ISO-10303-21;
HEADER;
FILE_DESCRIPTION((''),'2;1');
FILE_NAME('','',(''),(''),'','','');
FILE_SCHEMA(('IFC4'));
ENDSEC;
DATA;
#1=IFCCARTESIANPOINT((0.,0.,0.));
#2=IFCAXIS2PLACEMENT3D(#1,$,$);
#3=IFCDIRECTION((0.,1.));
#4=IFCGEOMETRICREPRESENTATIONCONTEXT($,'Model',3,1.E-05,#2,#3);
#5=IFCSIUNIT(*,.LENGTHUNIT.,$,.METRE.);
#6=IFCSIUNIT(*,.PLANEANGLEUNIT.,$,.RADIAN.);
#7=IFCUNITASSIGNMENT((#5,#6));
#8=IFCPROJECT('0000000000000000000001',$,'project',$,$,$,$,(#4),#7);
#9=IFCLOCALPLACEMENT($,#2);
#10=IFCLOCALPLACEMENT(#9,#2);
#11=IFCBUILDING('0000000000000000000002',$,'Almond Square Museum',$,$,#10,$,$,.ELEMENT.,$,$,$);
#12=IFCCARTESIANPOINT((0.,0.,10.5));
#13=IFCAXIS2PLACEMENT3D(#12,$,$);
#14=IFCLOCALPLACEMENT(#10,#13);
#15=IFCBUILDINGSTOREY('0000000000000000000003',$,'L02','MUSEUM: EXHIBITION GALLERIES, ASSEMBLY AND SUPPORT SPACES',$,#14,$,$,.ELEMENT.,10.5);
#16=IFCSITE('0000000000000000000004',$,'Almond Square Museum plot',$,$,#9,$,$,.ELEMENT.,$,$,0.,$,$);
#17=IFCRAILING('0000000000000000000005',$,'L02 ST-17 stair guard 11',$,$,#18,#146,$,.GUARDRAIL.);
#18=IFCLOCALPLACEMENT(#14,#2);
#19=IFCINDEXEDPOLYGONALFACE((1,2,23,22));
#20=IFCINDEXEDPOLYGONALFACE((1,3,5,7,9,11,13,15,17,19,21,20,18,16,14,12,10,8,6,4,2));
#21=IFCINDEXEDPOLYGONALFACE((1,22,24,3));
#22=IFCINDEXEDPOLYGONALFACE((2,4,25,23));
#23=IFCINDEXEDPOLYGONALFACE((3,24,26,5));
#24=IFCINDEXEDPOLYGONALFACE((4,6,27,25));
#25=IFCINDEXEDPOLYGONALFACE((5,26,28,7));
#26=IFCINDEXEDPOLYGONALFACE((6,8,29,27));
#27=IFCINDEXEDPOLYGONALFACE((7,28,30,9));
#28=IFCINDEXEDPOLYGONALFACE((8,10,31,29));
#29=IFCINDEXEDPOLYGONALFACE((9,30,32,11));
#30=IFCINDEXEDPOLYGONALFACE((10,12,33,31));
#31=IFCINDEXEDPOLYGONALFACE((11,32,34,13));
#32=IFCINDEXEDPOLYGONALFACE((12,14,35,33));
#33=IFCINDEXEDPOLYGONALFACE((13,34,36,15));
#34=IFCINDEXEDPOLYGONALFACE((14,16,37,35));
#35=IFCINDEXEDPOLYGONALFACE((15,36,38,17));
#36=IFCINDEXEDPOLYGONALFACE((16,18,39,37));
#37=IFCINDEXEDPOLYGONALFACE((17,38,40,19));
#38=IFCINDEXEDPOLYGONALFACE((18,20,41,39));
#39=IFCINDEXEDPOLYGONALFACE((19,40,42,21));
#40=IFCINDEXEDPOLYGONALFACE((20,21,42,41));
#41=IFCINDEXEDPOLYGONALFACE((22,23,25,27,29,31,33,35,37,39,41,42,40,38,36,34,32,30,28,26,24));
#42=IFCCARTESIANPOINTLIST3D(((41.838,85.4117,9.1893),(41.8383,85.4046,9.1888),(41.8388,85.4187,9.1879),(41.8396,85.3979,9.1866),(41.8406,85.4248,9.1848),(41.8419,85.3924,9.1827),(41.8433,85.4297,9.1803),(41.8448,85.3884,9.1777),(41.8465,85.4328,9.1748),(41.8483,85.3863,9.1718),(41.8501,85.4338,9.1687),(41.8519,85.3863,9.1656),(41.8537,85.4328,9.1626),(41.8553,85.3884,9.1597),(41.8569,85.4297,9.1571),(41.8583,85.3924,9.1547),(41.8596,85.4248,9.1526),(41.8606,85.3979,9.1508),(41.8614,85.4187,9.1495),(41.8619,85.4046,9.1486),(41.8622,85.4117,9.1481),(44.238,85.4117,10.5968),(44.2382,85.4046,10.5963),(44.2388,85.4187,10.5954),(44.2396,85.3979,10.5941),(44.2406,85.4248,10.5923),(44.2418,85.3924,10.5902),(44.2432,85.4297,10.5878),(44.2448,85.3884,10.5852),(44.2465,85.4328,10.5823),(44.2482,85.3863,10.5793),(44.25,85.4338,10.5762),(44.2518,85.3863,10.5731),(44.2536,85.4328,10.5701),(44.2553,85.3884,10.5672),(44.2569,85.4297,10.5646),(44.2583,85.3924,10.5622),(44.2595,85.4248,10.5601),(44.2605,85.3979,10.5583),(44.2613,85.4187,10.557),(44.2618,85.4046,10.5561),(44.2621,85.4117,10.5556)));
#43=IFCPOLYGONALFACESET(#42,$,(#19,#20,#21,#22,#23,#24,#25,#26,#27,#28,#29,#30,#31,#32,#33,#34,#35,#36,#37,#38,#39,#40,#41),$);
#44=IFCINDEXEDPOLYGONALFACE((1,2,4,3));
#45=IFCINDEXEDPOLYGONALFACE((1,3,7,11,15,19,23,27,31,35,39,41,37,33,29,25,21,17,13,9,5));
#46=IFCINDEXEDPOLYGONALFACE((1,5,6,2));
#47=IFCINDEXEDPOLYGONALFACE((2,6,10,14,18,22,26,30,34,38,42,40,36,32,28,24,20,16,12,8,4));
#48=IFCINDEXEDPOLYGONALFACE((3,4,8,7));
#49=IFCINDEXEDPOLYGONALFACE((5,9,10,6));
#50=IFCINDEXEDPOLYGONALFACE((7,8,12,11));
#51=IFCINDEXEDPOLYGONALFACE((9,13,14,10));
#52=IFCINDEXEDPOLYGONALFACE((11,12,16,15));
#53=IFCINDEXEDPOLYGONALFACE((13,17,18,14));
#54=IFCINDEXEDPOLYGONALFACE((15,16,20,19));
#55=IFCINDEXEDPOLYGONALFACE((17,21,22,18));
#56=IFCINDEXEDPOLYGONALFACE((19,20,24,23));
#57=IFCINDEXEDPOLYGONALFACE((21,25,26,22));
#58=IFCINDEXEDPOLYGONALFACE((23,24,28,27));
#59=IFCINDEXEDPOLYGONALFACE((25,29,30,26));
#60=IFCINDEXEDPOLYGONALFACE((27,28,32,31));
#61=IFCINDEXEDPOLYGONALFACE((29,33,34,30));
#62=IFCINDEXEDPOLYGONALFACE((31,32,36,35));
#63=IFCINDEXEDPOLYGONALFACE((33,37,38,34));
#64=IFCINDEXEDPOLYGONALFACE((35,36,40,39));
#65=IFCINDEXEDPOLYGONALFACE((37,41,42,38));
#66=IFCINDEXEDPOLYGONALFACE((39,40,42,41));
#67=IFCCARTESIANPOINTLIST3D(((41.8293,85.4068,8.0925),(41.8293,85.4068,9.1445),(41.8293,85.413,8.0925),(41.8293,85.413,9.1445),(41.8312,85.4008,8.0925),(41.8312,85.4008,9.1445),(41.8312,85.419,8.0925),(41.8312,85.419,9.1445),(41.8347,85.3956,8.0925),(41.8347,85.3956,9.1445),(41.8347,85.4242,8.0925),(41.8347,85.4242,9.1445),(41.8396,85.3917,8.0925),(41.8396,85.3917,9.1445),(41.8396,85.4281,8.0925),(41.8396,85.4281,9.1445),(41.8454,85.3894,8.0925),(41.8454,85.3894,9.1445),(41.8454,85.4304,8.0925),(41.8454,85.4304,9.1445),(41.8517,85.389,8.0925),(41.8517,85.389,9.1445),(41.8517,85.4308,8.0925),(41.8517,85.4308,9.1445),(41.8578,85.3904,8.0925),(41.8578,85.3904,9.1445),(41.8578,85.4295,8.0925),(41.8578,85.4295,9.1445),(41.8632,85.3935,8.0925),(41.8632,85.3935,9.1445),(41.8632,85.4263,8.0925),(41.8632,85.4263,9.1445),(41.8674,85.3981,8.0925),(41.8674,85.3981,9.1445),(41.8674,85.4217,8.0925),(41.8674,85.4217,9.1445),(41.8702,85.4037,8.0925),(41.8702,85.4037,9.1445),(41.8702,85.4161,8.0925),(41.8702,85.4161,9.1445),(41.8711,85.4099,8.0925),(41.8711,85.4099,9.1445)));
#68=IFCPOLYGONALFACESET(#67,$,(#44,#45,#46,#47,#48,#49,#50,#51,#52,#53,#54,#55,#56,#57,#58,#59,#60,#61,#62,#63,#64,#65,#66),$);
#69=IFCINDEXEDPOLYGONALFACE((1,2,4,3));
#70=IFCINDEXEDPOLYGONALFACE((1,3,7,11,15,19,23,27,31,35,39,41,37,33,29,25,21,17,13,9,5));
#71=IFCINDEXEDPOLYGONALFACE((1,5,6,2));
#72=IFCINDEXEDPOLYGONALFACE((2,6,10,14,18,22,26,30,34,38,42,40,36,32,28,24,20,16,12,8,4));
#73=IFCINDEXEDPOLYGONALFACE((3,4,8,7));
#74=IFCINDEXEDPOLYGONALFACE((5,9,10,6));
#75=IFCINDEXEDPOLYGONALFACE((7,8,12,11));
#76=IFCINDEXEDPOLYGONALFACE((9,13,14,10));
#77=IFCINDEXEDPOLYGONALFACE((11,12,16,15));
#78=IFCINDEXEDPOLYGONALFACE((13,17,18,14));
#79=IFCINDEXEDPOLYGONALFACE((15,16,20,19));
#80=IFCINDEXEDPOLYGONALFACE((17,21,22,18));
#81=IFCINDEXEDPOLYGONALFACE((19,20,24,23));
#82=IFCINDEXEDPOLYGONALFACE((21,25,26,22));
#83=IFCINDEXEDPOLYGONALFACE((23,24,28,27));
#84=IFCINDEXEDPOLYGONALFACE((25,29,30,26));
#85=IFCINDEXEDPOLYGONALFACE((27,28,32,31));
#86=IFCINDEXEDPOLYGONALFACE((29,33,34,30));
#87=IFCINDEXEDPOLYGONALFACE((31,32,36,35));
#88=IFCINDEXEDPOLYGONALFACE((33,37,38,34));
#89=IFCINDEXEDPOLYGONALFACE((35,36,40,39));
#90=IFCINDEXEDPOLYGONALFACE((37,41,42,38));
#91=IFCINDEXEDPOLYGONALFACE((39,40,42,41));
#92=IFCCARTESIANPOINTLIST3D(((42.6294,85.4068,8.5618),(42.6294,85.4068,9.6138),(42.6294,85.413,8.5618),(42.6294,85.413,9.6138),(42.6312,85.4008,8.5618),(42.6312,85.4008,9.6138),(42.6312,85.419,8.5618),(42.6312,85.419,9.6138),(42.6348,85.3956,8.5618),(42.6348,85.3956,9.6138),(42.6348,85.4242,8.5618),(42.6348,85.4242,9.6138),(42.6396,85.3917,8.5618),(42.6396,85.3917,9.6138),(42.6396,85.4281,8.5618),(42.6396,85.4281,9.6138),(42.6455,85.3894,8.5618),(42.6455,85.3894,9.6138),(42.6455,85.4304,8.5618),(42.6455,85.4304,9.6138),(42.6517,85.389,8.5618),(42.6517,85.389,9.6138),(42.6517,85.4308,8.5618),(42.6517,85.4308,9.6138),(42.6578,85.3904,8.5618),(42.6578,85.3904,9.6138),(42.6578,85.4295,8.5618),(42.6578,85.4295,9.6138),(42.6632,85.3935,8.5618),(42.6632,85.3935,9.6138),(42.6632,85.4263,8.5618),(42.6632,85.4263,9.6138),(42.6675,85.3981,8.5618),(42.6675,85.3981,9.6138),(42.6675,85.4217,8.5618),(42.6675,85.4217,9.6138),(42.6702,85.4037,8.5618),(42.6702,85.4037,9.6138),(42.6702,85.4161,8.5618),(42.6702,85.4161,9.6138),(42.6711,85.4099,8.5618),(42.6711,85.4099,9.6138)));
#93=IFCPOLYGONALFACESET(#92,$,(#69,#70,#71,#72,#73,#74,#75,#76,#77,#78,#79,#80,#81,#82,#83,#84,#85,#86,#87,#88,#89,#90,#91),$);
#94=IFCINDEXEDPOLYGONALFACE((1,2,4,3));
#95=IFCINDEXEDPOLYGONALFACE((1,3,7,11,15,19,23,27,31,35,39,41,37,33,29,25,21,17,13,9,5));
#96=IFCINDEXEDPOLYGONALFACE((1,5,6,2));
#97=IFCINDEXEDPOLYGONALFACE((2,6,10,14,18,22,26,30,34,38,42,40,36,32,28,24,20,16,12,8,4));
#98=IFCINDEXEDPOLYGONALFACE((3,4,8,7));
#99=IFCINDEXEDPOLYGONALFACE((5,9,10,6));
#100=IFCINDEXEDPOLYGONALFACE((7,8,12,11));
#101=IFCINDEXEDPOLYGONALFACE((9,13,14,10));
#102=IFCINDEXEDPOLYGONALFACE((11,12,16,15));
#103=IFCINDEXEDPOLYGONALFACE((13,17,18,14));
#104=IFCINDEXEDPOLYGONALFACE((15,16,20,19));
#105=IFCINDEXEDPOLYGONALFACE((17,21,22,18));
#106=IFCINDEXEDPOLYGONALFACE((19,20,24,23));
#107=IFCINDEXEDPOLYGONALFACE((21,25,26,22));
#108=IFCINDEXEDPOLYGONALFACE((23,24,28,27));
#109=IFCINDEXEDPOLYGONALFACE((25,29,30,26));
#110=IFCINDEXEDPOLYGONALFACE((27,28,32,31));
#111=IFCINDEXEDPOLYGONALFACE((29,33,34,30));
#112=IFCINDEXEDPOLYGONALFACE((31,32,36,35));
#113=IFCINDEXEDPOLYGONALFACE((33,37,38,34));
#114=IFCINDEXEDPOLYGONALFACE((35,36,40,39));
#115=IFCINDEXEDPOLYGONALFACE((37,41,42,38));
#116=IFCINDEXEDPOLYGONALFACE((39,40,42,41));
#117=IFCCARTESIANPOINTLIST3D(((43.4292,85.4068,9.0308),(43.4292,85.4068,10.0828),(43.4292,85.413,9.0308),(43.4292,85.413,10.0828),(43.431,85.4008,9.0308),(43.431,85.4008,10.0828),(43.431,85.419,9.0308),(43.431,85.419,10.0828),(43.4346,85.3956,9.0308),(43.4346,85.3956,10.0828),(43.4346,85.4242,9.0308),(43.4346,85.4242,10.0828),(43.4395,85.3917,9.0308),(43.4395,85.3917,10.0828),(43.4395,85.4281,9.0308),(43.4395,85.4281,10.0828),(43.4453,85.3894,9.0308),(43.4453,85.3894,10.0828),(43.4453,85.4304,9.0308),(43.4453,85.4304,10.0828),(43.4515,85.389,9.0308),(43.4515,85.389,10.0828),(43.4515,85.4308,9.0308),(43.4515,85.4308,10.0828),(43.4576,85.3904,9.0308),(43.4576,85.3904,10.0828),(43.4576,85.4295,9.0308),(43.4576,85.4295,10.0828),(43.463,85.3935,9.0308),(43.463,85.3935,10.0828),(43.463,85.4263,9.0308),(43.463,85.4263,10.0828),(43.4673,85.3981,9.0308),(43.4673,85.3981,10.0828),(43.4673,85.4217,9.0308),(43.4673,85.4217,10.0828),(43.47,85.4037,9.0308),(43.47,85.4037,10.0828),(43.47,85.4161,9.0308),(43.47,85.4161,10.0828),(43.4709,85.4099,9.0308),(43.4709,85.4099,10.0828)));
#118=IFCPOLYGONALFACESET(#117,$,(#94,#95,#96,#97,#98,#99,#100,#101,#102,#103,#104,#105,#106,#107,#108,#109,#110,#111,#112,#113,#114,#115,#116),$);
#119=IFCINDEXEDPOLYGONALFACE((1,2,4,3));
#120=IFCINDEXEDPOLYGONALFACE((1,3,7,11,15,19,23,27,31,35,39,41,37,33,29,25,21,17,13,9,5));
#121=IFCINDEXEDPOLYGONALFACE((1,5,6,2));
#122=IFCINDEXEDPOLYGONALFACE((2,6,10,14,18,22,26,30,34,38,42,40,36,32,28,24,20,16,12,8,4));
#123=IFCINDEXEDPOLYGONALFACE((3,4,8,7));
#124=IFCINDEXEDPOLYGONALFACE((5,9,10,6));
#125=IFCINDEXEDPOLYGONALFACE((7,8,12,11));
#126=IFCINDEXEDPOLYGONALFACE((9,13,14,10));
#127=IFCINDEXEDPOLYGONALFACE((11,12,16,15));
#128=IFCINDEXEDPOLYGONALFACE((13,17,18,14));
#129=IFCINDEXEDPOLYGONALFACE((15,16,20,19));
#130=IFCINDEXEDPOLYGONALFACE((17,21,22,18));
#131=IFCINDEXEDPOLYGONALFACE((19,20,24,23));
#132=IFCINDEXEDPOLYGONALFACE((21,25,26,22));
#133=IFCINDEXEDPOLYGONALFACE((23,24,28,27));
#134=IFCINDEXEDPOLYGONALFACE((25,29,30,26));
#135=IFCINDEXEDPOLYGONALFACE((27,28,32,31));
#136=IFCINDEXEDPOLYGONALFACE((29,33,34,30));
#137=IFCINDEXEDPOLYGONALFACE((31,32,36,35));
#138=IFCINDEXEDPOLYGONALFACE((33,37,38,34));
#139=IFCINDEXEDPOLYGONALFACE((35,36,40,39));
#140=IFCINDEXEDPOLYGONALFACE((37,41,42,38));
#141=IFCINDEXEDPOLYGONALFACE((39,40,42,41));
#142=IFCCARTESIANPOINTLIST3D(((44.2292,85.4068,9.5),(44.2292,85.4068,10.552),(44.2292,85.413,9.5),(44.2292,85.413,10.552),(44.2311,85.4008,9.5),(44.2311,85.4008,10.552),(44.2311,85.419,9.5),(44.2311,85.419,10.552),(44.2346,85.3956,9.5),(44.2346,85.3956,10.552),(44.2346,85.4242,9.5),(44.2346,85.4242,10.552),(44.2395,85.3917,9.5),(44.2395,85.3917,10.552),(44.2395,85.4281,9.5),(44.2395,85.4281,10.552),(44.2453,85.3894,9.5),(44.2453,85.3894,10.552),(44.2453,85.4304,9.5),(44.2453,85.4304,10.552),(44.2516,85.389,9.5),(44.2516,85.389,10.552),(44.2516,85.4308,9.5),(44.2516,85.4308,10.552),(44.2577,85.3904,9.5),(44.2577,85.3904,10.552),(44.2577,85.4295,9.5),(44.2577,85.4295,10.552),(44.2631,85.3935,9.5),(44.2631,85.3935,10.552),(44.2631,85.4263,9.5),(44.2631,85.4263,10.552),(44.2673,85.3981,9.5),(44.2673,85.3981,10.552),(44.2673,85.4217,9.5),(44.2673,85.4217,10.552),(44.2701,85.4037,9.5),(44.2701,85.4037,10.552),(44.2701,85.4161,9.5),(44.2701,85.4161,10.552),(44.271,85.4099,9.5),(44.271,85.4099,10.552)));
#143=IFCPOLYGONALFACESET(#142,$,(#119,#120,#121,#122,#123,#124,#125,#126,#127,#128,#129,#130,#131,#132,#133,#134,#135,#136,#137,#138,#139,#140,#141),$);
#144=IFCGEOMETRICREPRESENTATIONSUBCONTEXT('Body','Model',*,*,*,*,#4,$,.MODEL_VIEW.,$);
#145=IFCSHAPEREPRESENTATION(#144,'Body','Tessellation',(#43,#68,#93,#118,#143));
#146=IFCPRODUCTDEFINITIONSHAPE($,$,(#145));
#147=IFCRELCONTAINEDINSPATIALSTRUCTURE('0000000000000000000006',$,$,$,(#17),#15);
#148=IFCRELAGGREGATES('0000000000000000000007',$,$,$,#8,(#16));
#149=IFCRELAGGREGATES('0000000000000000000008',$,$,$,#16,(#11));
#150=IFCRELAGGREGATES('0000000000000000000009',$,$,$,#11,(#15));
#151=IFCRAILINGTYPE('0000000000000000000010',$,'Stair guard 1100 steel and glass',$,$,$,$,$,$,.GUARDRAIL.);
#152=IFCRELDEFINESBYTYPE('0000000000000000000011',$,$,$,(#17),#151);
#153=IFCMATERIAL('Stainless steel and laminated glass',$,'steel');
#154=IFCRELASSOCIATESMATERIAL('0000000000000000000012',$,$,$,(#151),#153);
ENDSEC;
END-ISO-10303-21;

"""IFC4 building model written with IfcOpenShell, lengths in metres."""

from ifc_helpers import new_model, si_unit, direction, frame, origin, origin_2d, place, context, subcontext, project, spatial, circle, extrude, material, type_object, element, save


model = new_model("IFC4")

# Units and contexts
model_context = context("Model", 3, precision=1e-05, world=origin(), true_north=direction((0.0, 1.0)))
body_context = subcontext(model_context, "Body", "Model", "MODEL_VIEW")
ifc_project = project(units=[si_unit("LENGTHUNIT", "METRE"), si_unit("PLANEANGLEUNIT", "RADIAN")], contexts=[model_context])

# Site, building, storey
site_placement = place(None, origin())
site = spatial("IfcSite", under=ifc_project, at=site_placement, Name="Almond Square Museum plot", CompositionType="ELEMENT", RefElevation=0.0)
building_placement = place(site_placement, origin())
building = spatial("IfcBuilding", under=site, at=building_placement, Name="Almond Square Museum", CompositionType="ELEMENT")
storey_placement = place(building_placement, frame((0.0, 0.0, 10.5)))
storey = spatial("IfcBuildingStorey", under=building, at=storey_placement, Name="L02", Description="MUSEUM: EXHIBITION GALLERIES, ASSEMBLY AND SUPPORT SPACES", CompositionType="ELEMENT", Elevation=10.5)

# Railing
ifc_material_1 = material(Name="Stainless steel and laminated glass", Category="steel")
railing_type_1 = type_object("IfcRailingType", Name="Stair guard 1100 steel and glass", PredefinedType="GUARDRAIL", material=ifc_material_1)
railing_1_placement = place(storey_placement, frame((41.8501, 85.4099, 8.0925)))
element("IfcRailing", 1, at=railing_1_placement, inside=storey, type_object=railing_type_1, Name="L02 ST-17 stair guard 11", PredefinedType="GUARDRAIL", context=body_context, shape_type="SweptSolid", body=[
    extrude(circle(Radius=0.0239, at=origin_2d()), frame((0.0, 0.0, 1.0762), z_axis=(0.862599, 0.0, 0.505888), x_axis=(0.0, 1.0, 0.0)), (0.0, 0.0, 1.0), 2.7822),
    extrude(circle(Radius=0.021, at=origin_2d()), origin(), (0.0, 0.0, 1.0), 1.052),
    extrude(circle(Radius=0.021, at=origin_2d()), frame((0.8, 0.0, 0.4692)), (0.0, 0.0, 1.0), 1.052),
    extrude(circle(Radius=0.021, at=origin_2d()), frame((1.5999, 0.0, 0.9382)), (0.0, 0.0, 1.0), 1.052),
    extrude(circle(Radius=0.021, at=origin_2d()), frame((2.3999, 0.0, 1.4075)), (0.0, 0.0, 1.0), 1.052),
])

save(model, "model.ifc")
